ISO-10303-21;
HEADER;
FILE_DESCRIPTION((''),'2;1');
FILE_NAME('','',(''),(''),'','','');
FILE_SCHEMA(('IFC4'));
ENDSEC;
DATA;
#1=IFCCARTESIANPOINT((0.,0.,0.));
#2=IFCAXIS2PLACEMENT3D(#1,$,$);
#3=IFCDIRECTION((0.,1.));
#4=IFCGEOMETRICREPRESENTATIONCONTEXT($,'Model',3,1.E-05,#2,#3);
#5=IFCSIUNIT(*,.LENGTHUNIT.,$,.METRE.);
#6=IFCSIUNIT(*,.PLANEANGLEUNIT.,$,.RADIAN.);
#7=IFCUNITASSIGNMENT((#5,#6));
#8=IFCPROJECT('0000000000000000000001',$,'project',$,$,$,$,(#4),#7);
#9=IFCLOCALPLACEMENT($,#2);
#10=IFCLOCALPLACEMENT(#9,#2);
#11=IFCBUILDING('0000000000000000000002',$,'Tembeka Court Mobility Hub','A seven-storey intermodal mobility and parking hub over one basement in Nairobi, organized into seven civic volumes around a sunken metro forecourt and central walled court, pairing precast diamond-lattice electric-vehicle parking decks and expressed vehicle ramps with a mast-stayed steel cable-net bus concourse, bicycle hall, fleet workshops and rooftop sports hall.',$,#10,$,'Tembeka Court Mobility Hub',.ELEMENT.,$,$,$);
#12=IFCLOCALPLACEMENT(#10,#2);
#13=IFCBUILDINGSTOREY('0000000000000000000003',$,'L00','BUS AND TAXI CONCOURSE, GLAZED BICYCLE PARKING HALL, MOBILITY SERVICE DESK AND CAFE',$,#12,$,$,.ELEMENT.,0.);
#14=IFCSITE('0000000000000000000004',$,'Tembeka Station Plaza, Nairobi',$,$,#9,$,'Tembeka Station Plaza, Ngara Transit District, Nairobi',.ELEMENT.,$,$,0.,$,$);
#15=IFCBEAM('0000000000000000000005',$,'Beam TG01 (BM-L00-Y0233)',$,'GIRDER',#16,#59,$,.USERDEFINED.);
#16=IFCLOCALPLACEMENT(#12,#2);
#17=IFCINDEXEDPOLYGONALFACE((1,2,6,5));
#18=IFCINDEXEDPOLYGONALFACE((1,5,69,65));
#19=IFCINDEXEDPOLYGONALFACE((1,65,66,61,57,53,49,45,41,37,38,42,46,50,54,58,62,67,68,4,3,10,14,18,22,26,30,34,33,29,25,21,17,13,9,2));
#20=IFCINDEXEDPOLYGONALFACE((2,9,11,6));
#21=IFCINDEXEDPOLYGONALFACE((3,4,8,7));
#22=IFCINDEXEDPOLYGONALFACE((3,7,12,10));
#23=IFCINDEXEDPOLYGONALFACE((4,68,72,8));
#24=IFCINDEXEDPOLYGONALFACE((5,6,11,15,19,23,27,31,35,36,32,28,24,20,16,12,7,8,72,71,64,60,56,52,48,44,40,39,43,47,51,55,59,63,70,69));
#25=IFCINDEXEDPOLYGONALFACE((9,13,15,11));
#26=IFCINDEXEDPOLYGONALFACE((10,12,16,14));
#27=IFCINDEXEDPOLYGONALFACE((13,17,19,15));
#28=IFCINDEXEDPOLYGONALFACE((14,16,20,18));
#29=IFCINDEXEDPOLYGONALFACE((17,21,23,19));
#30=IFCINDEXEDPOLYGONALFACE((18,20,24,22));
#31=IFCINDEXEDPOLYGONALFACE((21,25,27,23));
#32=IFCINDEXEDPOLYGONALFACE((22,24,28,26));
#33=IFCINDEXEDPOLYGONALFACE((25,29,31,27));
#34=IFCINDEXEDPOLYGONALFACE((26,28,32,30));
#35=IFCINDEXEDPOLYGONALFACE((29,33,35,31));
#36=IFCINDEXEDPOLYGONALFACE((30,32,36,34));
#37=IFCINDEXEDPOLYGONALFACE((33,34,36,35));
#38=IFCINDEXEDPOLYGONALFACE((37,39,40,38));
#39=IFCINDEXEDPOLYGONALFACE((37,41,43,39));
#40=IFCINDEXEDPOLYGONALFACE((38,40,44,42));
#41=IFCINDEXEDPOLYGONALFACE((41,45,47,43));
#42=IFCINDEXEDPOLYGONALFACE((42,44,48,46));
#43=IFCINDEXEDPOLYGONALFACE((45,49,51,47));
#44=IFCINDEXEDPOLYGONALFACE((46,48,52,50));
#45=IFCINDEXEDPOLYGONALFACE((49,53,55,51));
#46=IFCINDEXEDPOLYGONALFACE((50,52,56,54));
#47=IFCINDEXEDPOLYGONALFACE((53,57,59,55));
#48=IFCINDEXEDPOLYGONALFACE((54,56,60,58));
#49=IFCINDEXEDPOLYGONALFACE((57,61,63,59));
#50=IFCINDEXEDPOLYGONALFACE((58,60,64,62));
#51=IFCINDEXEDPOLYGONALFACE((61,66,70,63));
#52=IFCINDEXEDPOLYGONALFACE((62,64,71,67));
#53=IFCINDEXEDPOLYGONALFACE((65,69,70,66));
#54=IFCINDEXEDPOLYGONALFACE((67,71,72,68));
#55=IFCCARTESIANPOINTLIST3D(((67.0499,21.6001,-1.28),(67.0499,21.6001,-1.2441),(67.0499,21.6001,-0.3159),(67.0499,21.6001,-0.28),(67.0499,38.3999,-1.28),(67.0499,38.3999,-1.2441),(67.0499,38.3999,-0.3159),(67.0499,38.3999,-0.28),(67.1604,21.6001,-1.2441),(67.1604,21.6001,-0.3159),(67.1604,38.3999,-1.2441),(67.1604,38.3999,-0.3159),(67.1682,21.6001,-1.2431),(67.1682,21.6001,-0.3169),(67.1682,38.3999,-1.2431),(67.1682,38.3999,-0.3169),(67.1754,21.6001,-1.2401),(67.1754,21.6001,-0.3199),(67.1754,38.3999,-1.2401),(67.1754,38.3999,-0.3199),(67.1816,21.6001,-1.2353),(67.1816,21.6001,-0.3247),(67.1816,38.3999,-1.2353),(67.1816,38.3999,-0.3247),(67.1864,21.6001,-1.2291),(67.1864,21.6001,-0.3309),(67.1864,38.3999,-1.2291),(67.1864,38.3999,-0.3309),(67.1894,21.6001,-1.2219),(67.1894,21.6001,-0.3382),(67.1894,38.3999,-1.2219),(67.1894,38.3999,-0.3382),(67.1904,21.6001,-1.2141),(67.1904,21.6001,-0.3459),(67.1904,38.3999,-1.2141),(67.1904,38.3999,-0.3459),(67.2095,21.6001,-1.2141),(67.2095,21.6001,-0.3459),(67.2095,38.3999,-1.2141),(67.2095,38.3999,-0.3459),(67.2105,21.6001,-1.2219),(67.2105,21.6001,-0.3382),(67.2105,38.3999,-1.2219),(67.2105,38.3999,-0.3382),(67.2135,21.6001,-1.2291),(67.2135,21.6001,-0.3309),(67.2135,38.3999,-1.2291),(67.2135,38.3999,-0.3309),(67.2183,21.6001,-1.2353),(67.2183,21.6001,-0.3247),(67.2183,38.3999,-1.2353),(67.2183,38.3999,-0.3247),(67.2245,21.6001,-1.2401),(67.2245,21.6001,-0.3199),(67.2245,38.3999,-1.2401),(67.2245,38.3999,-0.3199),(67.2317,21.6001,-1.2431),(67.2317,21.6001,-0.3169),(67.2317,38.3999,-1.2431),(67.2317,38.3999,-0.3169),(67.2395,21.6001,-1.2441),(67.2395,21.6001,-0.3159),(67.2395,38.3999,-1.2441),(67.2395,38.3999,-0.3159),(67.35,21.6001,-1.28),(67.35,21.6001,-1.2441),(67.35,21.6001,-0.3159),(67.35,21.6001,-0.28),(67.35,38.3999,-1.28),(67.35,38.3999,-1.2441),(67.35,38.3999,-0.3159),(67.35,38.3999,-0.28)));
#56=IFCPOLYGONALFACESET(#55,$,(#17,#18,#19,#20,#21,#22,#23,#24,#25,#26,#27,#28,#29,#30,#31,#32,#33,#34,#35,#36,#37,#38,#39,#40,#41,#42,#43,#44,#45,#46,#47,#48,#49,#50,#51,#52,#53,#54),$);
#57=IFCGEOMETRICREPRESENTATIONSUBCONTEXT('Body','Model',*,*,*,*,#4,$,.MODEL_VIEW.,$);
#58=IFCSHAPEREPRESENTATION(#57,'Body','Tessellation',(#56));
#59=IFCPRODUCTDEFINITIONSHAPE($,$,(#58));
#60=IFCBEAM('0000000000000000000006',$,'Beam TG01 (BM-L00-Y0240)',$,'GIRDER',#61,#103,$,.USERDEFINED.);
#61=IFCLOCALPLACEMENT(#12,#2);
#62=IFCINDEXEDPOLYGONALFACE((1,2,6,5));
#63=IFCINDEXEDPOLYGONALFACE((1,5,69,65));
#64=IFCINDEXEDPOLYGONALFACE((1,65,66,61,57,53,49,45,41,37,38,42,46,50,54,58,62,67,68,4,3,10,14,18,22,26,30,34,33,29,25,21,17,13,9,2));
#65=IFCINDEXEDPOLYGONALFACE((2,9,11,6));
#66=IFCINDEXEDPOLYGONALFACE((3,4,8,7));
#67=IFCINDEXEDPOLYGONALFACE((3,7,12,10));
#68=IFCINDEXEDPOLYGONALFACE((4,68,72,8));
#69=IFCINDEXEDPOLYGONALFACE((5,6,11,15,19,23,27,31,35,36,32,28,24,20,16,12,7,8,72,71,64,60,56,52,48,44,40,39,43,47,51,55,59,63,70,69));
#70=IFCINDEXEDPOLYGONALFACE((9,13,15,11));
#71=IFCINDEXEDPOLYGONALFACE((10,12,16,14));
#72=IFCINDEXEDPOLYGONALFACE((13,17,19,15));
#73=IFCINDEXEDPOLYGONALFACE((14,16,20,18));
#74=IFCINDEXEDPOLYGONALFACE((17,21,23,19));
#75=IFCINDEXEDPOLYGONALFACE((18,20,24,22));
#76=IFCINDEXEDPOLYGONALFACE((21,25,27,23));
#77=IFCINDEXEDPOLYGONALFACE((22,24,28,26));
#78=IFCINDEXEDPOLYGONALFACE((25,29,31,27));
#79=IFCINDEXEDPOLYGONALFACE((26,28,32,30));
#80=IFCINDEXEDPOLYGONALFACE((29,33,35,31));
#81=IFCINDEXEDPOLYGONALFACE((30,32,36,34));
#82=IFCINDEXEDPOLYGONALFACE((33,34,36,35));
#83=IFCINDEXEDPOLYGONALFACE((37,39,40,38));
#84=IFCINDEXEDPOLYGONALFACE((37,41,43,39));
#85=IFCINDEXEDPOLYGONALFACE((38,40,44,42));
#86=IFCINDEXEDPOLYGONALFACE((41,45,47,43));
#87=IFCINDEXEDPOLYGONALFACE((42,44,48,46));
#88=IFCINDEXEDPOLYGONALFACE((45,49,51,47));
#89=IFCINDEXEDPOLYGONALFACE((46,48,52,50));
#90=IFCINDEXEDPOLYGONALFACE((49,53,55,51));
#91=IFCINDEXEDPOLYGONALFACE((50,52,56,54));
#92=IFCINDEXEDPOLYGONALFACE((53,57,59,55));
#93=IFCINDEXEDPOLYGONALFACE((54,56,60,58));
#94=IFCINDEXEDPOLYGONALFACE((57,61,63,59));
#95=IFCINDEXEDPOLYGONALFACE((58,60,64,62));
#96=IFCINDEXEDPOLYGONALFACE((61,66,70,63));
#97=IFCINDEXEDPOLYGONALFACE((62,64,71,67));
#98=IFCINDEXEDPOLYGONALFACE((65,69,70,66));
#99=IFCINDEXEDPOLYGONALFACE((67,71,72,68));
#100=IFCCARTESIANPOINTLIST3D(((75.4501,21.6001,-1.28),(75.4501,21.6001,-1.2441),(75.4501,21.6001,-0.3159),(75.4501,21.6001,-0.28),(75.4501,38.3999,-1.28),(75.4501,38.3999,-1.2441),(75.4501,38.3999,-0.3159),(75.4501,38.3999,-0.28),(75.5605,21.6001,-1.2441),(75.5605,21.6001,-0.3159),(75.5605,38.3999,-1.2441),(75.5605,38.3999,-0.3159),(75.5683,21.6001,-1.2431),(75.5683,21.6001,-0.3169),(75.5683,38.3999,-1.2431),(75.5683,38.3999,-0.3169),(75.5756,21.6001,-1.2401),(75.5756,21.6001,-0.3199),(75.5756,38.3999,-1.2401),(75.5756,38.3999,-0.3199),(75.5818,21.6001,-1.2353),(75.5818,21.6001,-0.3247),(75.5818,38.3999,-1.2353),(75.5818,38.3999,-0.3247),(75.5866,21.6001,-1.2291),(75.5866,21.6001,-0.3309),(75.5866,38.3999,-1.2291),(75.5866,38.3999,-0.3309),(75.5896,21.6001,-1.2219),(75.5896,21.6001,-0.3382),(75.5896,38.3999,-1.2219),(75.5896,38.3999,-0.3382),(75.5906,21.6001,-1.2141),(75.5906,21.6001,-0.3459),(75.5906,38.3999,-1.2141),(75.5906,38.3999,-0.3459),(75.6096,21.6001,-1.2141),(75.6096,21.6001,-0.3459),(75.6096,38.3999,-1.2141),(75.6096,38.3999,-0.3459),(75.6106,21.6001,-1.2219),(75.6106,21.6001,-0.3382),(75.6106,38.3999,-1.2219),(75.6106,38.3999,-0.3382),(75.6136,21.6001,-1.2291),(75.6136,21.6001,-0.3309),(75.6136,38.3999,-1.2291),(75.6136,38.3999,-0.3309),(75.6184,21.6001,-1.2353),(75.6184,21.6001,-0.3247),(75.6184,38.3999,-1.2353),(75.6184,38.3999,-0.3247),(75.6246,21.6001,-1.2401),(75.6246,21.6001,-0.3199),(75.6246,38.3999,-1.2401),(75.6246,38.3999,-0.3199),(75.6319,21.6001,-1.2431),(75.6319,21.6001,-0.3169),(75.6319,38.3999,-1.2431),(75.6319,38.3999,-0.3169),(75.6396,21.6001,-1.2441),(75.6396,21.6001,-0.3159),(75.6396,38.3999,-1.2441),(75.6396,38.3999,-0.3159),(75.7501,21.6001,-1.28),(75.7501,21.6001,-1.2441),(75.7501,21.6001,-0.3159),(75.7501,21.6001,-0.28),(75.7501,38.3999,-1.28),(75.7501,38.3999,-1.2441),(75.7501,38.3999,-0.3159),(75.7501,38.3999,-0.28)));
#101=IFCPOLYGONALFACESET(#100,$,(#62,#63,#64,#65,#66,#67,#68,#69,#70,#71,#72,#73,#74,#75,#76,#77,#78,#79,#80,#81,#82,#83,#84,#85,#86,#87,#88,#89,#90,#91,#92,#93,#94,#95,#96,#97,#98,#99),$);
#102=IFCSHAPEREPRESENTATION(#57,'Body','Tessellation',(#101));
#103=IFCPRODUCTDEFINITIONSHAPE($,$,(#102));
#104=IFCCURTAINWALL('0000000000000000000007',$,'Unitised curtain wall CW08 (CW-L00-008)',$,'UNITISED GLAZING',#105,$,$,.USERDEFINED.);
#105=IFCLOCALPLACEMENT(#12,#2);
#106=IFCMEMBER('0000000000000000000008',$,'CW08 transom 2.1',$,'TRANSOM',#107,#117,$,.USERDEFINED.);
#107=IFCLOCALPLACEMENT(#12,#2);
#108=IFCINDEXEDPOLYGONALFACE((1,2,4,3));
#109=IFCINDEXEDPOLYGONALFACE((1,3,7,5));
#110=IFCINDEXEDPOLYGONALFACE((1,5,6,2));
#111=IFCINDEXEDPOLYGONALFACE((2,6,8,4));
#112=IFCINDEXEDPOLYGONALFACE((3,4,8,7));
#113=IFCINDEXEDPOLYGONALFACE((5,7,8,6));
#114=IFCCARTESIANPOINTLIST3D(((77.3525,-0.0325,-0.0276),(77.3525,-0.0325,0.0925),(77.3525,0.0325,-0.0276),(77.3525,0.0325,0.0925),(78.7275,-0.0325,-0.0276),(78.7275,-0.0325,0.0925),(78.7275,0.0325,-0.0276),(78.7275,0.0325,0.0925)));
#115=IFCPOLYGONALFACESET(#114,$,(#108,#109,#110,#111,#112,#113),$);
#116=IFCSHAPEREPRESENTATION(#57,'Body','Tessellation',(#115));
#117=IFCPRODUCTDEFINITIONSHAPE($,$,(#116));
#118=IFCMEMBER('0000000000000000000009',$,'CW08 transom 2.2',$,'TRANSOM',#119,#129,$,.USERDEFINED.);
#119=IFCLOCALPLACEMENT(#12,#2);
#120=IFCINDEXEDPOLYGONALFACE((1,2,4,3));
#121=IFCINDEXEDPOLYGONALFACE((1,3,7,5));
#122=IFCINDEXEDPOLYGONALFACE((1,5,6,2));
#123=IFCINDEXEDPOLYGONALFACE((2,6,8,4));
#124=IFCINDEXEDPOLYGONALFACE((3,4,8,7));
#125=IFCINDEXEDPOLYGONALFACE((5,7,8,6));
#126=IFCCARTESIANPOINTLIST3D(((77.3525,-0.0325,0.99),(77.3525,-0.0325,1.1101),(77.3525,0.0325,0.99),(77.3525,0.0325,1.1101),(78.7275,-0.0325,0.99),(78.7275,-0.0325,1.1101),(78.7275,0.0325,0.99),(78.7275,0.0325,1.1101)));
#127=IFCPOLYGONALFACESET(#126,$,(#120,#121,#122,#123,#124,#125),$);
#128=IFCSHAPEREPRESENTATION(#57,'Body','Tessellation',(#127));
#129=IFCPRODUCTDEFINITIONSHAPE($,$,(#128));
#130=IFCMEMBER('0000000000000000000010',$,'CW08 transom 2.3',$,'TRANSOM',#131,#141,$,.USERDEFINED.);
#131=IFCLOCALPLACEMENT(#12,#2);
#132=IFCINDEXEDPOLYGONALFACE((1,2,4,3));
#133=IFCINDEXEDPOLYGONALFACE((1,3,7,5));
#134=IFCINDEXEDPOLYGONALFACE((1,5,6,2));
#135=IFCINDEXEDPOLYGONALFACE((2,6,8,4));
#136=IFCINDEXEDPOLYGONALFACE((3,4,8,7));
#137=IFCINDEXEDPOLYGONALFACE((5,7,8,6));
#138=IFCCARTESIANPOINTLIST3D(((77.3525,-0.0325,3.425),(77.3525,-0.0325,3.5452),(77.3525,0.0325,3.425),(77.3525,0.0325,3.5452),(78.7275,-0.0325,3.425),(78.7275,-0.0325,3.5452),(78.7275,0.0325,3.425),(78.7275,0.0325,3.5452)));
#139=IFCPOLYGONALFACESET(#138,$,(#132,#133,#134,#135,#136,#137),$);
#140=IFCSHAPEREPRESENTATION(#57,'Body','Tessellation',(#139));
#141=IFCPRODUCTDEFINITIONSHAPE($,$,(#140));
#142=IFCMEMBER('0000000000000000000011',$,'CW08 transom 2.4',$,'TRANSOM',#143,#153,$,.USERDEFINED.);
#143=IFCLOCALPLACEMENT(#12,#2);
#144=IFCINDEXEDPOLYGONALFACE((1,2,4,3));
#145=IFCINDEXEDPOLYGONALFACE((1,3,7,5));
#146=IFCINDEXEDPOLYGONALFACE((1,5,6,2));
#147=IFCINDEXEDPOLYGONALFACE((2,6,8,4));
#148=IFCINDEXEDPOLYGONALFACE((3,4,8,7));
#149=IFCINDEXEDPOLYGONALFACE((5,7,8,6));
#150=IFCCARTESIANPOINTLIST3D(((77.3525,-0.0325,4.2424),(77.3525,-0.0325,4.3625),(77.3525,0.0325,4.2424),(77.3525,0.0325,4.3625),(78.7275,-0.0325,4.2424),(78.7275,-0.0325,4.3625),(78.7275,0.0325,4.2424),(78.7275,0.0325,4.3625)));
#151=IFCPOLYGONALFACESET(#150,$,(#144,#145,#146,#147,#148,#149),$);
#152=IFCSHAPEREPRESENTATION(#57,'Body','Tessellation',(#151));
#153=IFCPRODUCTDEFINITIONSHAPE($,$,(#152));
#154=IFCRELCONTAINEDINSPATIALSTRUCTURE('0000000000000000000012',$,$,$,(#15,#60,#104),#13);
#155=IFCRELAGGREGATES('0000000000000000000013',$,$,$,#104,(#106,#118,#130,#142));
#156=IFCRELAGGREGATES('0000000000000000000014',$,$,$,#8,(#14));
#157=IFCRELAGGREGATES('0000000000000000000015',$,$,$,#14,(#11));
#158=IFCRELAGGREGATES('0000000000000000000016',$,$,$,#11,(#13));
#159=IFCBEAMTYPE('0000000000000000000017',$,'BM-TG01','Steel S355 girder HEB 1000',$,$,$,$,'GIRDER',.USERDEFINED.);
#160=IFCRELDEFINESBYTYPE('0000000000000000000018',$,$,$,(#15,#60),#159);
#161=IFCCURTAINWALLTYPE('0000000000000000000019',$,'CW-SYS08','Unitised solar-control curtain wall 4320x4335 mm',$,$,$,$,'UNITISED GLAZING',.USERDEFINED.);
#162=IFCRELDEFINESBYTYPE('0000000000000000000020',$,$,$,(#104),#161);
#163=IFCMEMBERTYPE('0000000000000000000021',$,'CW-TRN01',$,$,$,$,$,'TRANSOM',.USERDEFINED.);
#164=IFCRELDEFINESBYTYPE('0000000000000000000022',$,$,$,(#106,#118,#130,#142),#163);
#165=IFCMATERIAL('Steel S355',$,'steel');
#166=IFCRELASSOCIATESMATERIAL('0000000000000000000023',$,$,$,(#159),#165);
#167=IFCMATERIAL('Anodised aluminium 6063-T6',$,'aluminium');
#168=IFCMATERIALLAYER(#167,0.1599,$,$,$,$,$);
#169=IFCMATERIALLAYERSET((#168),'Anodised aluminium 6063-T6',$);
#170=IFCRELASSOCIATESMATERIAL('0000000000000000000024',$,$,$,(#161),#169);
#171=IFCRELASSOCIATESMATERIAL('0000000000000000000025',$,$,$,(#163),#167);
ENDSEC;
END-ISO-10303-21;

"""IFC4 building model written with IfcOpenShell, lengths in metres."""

from ifc_helpers import new_model, si_unit, direction, frame, origin, origin_2d, place, context, subcontext, project, spatial, rectangle, i_section, extrude, material, layer, layer_set, material_profile, profile_set, type_object, element, aggregate, save


model = new_model("IFC4")

# Units and contexts
model_context = context("Model", 3, precision=1e-05, world=origin(), true_north=direction((0.0, 1.0)))
body_context = subcontext(model_context, "Body", "Model", "MODEL_VIEW")
ifc_project = project(units=[si_unit("LENGTHUNIT", "METRE"), si_unit("PLANEANGLEUNIT", "RADIAN")], contexts=[model_context])

# Site, building, storey
site_placement = place(None, origin())
site = spatial("IfcSite", under=ifc_project, at=site_placement, Name="Tembeka Station Plaza, Nairobi", LongName="Tembeka Station Plaza, Ngara Transit District, Nairobi", CompositionType="ELEMENT", RefElevation=0.0)
building_placement = place(site_placement, origin())
building = spatial("IfcBuilding", under=site, at=building_placement, Name="Tembeka Court Mobility Hub", Description="A seven-storey intermodal mobility and parking hub over one basement in Nairobi, organized into seven civic volumes around a sunken metro forecourt and central walled court, pairing precast diamond-lattice electric-vehicle parking decks and expressed vehicle ramps with a mast-stayed steel cable-net bus concourse, bicycle hall, fleet workshops and rooftop sports hall.", LongName="Tembeka Court Mobility Hub", CompositionType="ELEMENT")
storey_placement = place(building_placement, origin())
storey = spatial("IfcBuildingStorey", under=building, at=storey_placement, Name="L00", Description="BUS AND TAXI CONCOURSE, GLAZED BICYCLE PARKING HALL, MOBILITY SERVICE DESK AND CAFE", CompositionType="ELEMENT", Elevation=0.0)

# Shared definitions
ifc_material_1 = material(Name="Steel S355", Category="steel")

# Beams
ifc_material_profile_1 = material_profile(ifc_material_1, i_section(OverallWidth=0.3, OverallDepth=1.0, WebThickness=0.019, FlangeThickness=0.0359, FilletRadius=0.03, at=origin_2d()), Name="HEB 1000")
ifc_profile_set_1 = profile_set([ifc_material_profile_1], Name="Steel S355")
beam_type_1 = type_object("IfcBeamType", Name="BM-TG01", Description="Steel S355 girder HEB 1000", ElementType="GIRDER", PredefinedType="USERDEFINED", material=ifc_profile_set_1)
for number, where, z_axis, x_axis, name in (
    (1, (67.2, 21.6001, -0.78), (0.0, 1.0, 0.0), (-1.0, 0.0, 0.0), "Beam TG01 (BM-L00-Y0233)"),
    (2, (75.6001, 21.6001, -0.78), (0.0, 1.0, 0.0), (-1.0, 0.0, 0.0), "Beam TG01 (BM-L00-Y0240)"),
):
    element("IfcBeam", number, at=place(storey_placement, frame(where, z_axis=z_axis, x_axis=x_axis)), inside=storey, type_object=beam_type_1, Name=name, ObjectType="GIRDER", PredefinedType="USERDEFINED", context=body_context, shape_type="SweptSolid", body=[
        extrude(i_section(OverallWidth=0.3, OverallDepth=1.0, WebThickness=0.019, FlangeThickness=0.0359, FilletRadius=0.03, at=origin_2d()), origin(), (0.0, 0.0, 1.0), 16.7998),
    ])

# Curtain wall, members
ifc_material_2 = material(Name="Anodised aluminium 6063-T6", Category="aluminium")
ifc_layer = layer(ifc_material_2, 0.1599)
ifc_layer_set = layer_set([ifc_layer], Name="Anodised aluminium 6063-T6")
curtain_wall_type = type_object("IfcCurtainWallType", Name="CW-SYS08", Description="Unitised solar-control curtain wall 4320x4335 mm", ElementType="UNITISED GLAZING", PredefinedType="USERDEFINED", material=ifc_layer_set)
curtain_wall_placement = place(storey_placement, origin())
curtain_wall = element("IfcCurtainWall", 3, at=curtain_wall_placement, inside=storey, type_object=curtain_wall_type, Name="Unitised curtain wall CW08 (CW-L00-008)", ObjectType="UNITISED GLAZING", PredefinedType="USERDEFINED")
ifc_material_profile_2 = material_profile(ifc_material_2, rectangle(XDim=0.0649, YDim=0.1201, at=origin_2d()), Name="ALU-TRN 65x120")
ifc_profile_set_2 = profile_set([ifc_material_profile_2], Name="Anodised aluminium 6063-T6")
member_type = type_object("IfcMemberType", Name="CW-TRN01", ElementType="TRANSOM", PredefinedType="USERDEFINED", material=ifc_profile_set_2)
member_1_placement = place(storey_placement, frame((77.3525, 0.0, 0.0325), z_axis=(1.0, 0.0, 0.0), x_axis=(0.0, 1.0, 0.0)))
member_1 = element("IfcMember", 4, at=member_1_placement, type_object=member_type, Name="CW08 transom 2.1", ObjectType="TRANSOM", PredefinedType="USERDEFINED", context=body_context, shape_type="SweptSolid", body=[
    extrude(rectangle(XDim=0.0649, YDim=0.1201, at=origin_2d()), origin(), (0.0, 0.0, 1.0), 1.375),
])
member_2_placement = place(storey_placement, frame((77.3525, 0.0, 1.05), z_axis=(1.0, 0.0, 0.0), x_axis=(0.0, 1.0, 0.0)))
member_2 = element("IfcMember", 5, at=member_2_placement, type_object=member_type, Name="CW08 transom 2.2", ObjectType="TRANSOM", PredefinedType="USERDEFINED", context=body_context, shape_type="SweptSolid", body=[
    extrude(rectangle(XDim=0.0649, YDim=0.1201, at=origin_2d()), origin(), (0.0, 0.0, 1.0), 1.375),
])
member_3_placement = place(storey_placement, frame((77.3525, 0.0, 3.4851), z_axis=(1.0, 0.0, 0.0), x_axis=(0.0, 1.0, 0.0)))
member_3 = element("IfcMember", 6, at=member_3_placement, type_object=member_type, Name="CW08 transom 2.3", ObjectType="TRANSOM", PredefinedType="USERDEFINED", context=body_context, shape_type="SweptSolid", body=[
    extrude(rectangle(XDim=0.0649, YDim=0.1201, at=origin_2d()), origin(), (0.0, 0.0, 1.0), 1.375),
])
member_4_placement = place(storey_placement, frame((77.3525, 0.0, 4.3025), z_axis=(1.0, 0.0, 0.0), x_axis=(0.0, 1.0, 0.0)))
member_4 = element("IfcMember", 7, at=member_4_placement, type_object=member_type, Name="CW08 transom 2.4", ObjectType="TRANSOM", PredefinedType="USERDEFINED", context=body_context, shape_type="SweptSolid", body=[
    extrude(rectangle(XDim=0.0649, YDim=0.1201, at=origin_2d()), origin(), (0.0, 0.0, 1.0), 1.375),
])
aggregate(curtain_wall, [member_1, member_2, member_3, member_4])

save(model, "model.ifc")
